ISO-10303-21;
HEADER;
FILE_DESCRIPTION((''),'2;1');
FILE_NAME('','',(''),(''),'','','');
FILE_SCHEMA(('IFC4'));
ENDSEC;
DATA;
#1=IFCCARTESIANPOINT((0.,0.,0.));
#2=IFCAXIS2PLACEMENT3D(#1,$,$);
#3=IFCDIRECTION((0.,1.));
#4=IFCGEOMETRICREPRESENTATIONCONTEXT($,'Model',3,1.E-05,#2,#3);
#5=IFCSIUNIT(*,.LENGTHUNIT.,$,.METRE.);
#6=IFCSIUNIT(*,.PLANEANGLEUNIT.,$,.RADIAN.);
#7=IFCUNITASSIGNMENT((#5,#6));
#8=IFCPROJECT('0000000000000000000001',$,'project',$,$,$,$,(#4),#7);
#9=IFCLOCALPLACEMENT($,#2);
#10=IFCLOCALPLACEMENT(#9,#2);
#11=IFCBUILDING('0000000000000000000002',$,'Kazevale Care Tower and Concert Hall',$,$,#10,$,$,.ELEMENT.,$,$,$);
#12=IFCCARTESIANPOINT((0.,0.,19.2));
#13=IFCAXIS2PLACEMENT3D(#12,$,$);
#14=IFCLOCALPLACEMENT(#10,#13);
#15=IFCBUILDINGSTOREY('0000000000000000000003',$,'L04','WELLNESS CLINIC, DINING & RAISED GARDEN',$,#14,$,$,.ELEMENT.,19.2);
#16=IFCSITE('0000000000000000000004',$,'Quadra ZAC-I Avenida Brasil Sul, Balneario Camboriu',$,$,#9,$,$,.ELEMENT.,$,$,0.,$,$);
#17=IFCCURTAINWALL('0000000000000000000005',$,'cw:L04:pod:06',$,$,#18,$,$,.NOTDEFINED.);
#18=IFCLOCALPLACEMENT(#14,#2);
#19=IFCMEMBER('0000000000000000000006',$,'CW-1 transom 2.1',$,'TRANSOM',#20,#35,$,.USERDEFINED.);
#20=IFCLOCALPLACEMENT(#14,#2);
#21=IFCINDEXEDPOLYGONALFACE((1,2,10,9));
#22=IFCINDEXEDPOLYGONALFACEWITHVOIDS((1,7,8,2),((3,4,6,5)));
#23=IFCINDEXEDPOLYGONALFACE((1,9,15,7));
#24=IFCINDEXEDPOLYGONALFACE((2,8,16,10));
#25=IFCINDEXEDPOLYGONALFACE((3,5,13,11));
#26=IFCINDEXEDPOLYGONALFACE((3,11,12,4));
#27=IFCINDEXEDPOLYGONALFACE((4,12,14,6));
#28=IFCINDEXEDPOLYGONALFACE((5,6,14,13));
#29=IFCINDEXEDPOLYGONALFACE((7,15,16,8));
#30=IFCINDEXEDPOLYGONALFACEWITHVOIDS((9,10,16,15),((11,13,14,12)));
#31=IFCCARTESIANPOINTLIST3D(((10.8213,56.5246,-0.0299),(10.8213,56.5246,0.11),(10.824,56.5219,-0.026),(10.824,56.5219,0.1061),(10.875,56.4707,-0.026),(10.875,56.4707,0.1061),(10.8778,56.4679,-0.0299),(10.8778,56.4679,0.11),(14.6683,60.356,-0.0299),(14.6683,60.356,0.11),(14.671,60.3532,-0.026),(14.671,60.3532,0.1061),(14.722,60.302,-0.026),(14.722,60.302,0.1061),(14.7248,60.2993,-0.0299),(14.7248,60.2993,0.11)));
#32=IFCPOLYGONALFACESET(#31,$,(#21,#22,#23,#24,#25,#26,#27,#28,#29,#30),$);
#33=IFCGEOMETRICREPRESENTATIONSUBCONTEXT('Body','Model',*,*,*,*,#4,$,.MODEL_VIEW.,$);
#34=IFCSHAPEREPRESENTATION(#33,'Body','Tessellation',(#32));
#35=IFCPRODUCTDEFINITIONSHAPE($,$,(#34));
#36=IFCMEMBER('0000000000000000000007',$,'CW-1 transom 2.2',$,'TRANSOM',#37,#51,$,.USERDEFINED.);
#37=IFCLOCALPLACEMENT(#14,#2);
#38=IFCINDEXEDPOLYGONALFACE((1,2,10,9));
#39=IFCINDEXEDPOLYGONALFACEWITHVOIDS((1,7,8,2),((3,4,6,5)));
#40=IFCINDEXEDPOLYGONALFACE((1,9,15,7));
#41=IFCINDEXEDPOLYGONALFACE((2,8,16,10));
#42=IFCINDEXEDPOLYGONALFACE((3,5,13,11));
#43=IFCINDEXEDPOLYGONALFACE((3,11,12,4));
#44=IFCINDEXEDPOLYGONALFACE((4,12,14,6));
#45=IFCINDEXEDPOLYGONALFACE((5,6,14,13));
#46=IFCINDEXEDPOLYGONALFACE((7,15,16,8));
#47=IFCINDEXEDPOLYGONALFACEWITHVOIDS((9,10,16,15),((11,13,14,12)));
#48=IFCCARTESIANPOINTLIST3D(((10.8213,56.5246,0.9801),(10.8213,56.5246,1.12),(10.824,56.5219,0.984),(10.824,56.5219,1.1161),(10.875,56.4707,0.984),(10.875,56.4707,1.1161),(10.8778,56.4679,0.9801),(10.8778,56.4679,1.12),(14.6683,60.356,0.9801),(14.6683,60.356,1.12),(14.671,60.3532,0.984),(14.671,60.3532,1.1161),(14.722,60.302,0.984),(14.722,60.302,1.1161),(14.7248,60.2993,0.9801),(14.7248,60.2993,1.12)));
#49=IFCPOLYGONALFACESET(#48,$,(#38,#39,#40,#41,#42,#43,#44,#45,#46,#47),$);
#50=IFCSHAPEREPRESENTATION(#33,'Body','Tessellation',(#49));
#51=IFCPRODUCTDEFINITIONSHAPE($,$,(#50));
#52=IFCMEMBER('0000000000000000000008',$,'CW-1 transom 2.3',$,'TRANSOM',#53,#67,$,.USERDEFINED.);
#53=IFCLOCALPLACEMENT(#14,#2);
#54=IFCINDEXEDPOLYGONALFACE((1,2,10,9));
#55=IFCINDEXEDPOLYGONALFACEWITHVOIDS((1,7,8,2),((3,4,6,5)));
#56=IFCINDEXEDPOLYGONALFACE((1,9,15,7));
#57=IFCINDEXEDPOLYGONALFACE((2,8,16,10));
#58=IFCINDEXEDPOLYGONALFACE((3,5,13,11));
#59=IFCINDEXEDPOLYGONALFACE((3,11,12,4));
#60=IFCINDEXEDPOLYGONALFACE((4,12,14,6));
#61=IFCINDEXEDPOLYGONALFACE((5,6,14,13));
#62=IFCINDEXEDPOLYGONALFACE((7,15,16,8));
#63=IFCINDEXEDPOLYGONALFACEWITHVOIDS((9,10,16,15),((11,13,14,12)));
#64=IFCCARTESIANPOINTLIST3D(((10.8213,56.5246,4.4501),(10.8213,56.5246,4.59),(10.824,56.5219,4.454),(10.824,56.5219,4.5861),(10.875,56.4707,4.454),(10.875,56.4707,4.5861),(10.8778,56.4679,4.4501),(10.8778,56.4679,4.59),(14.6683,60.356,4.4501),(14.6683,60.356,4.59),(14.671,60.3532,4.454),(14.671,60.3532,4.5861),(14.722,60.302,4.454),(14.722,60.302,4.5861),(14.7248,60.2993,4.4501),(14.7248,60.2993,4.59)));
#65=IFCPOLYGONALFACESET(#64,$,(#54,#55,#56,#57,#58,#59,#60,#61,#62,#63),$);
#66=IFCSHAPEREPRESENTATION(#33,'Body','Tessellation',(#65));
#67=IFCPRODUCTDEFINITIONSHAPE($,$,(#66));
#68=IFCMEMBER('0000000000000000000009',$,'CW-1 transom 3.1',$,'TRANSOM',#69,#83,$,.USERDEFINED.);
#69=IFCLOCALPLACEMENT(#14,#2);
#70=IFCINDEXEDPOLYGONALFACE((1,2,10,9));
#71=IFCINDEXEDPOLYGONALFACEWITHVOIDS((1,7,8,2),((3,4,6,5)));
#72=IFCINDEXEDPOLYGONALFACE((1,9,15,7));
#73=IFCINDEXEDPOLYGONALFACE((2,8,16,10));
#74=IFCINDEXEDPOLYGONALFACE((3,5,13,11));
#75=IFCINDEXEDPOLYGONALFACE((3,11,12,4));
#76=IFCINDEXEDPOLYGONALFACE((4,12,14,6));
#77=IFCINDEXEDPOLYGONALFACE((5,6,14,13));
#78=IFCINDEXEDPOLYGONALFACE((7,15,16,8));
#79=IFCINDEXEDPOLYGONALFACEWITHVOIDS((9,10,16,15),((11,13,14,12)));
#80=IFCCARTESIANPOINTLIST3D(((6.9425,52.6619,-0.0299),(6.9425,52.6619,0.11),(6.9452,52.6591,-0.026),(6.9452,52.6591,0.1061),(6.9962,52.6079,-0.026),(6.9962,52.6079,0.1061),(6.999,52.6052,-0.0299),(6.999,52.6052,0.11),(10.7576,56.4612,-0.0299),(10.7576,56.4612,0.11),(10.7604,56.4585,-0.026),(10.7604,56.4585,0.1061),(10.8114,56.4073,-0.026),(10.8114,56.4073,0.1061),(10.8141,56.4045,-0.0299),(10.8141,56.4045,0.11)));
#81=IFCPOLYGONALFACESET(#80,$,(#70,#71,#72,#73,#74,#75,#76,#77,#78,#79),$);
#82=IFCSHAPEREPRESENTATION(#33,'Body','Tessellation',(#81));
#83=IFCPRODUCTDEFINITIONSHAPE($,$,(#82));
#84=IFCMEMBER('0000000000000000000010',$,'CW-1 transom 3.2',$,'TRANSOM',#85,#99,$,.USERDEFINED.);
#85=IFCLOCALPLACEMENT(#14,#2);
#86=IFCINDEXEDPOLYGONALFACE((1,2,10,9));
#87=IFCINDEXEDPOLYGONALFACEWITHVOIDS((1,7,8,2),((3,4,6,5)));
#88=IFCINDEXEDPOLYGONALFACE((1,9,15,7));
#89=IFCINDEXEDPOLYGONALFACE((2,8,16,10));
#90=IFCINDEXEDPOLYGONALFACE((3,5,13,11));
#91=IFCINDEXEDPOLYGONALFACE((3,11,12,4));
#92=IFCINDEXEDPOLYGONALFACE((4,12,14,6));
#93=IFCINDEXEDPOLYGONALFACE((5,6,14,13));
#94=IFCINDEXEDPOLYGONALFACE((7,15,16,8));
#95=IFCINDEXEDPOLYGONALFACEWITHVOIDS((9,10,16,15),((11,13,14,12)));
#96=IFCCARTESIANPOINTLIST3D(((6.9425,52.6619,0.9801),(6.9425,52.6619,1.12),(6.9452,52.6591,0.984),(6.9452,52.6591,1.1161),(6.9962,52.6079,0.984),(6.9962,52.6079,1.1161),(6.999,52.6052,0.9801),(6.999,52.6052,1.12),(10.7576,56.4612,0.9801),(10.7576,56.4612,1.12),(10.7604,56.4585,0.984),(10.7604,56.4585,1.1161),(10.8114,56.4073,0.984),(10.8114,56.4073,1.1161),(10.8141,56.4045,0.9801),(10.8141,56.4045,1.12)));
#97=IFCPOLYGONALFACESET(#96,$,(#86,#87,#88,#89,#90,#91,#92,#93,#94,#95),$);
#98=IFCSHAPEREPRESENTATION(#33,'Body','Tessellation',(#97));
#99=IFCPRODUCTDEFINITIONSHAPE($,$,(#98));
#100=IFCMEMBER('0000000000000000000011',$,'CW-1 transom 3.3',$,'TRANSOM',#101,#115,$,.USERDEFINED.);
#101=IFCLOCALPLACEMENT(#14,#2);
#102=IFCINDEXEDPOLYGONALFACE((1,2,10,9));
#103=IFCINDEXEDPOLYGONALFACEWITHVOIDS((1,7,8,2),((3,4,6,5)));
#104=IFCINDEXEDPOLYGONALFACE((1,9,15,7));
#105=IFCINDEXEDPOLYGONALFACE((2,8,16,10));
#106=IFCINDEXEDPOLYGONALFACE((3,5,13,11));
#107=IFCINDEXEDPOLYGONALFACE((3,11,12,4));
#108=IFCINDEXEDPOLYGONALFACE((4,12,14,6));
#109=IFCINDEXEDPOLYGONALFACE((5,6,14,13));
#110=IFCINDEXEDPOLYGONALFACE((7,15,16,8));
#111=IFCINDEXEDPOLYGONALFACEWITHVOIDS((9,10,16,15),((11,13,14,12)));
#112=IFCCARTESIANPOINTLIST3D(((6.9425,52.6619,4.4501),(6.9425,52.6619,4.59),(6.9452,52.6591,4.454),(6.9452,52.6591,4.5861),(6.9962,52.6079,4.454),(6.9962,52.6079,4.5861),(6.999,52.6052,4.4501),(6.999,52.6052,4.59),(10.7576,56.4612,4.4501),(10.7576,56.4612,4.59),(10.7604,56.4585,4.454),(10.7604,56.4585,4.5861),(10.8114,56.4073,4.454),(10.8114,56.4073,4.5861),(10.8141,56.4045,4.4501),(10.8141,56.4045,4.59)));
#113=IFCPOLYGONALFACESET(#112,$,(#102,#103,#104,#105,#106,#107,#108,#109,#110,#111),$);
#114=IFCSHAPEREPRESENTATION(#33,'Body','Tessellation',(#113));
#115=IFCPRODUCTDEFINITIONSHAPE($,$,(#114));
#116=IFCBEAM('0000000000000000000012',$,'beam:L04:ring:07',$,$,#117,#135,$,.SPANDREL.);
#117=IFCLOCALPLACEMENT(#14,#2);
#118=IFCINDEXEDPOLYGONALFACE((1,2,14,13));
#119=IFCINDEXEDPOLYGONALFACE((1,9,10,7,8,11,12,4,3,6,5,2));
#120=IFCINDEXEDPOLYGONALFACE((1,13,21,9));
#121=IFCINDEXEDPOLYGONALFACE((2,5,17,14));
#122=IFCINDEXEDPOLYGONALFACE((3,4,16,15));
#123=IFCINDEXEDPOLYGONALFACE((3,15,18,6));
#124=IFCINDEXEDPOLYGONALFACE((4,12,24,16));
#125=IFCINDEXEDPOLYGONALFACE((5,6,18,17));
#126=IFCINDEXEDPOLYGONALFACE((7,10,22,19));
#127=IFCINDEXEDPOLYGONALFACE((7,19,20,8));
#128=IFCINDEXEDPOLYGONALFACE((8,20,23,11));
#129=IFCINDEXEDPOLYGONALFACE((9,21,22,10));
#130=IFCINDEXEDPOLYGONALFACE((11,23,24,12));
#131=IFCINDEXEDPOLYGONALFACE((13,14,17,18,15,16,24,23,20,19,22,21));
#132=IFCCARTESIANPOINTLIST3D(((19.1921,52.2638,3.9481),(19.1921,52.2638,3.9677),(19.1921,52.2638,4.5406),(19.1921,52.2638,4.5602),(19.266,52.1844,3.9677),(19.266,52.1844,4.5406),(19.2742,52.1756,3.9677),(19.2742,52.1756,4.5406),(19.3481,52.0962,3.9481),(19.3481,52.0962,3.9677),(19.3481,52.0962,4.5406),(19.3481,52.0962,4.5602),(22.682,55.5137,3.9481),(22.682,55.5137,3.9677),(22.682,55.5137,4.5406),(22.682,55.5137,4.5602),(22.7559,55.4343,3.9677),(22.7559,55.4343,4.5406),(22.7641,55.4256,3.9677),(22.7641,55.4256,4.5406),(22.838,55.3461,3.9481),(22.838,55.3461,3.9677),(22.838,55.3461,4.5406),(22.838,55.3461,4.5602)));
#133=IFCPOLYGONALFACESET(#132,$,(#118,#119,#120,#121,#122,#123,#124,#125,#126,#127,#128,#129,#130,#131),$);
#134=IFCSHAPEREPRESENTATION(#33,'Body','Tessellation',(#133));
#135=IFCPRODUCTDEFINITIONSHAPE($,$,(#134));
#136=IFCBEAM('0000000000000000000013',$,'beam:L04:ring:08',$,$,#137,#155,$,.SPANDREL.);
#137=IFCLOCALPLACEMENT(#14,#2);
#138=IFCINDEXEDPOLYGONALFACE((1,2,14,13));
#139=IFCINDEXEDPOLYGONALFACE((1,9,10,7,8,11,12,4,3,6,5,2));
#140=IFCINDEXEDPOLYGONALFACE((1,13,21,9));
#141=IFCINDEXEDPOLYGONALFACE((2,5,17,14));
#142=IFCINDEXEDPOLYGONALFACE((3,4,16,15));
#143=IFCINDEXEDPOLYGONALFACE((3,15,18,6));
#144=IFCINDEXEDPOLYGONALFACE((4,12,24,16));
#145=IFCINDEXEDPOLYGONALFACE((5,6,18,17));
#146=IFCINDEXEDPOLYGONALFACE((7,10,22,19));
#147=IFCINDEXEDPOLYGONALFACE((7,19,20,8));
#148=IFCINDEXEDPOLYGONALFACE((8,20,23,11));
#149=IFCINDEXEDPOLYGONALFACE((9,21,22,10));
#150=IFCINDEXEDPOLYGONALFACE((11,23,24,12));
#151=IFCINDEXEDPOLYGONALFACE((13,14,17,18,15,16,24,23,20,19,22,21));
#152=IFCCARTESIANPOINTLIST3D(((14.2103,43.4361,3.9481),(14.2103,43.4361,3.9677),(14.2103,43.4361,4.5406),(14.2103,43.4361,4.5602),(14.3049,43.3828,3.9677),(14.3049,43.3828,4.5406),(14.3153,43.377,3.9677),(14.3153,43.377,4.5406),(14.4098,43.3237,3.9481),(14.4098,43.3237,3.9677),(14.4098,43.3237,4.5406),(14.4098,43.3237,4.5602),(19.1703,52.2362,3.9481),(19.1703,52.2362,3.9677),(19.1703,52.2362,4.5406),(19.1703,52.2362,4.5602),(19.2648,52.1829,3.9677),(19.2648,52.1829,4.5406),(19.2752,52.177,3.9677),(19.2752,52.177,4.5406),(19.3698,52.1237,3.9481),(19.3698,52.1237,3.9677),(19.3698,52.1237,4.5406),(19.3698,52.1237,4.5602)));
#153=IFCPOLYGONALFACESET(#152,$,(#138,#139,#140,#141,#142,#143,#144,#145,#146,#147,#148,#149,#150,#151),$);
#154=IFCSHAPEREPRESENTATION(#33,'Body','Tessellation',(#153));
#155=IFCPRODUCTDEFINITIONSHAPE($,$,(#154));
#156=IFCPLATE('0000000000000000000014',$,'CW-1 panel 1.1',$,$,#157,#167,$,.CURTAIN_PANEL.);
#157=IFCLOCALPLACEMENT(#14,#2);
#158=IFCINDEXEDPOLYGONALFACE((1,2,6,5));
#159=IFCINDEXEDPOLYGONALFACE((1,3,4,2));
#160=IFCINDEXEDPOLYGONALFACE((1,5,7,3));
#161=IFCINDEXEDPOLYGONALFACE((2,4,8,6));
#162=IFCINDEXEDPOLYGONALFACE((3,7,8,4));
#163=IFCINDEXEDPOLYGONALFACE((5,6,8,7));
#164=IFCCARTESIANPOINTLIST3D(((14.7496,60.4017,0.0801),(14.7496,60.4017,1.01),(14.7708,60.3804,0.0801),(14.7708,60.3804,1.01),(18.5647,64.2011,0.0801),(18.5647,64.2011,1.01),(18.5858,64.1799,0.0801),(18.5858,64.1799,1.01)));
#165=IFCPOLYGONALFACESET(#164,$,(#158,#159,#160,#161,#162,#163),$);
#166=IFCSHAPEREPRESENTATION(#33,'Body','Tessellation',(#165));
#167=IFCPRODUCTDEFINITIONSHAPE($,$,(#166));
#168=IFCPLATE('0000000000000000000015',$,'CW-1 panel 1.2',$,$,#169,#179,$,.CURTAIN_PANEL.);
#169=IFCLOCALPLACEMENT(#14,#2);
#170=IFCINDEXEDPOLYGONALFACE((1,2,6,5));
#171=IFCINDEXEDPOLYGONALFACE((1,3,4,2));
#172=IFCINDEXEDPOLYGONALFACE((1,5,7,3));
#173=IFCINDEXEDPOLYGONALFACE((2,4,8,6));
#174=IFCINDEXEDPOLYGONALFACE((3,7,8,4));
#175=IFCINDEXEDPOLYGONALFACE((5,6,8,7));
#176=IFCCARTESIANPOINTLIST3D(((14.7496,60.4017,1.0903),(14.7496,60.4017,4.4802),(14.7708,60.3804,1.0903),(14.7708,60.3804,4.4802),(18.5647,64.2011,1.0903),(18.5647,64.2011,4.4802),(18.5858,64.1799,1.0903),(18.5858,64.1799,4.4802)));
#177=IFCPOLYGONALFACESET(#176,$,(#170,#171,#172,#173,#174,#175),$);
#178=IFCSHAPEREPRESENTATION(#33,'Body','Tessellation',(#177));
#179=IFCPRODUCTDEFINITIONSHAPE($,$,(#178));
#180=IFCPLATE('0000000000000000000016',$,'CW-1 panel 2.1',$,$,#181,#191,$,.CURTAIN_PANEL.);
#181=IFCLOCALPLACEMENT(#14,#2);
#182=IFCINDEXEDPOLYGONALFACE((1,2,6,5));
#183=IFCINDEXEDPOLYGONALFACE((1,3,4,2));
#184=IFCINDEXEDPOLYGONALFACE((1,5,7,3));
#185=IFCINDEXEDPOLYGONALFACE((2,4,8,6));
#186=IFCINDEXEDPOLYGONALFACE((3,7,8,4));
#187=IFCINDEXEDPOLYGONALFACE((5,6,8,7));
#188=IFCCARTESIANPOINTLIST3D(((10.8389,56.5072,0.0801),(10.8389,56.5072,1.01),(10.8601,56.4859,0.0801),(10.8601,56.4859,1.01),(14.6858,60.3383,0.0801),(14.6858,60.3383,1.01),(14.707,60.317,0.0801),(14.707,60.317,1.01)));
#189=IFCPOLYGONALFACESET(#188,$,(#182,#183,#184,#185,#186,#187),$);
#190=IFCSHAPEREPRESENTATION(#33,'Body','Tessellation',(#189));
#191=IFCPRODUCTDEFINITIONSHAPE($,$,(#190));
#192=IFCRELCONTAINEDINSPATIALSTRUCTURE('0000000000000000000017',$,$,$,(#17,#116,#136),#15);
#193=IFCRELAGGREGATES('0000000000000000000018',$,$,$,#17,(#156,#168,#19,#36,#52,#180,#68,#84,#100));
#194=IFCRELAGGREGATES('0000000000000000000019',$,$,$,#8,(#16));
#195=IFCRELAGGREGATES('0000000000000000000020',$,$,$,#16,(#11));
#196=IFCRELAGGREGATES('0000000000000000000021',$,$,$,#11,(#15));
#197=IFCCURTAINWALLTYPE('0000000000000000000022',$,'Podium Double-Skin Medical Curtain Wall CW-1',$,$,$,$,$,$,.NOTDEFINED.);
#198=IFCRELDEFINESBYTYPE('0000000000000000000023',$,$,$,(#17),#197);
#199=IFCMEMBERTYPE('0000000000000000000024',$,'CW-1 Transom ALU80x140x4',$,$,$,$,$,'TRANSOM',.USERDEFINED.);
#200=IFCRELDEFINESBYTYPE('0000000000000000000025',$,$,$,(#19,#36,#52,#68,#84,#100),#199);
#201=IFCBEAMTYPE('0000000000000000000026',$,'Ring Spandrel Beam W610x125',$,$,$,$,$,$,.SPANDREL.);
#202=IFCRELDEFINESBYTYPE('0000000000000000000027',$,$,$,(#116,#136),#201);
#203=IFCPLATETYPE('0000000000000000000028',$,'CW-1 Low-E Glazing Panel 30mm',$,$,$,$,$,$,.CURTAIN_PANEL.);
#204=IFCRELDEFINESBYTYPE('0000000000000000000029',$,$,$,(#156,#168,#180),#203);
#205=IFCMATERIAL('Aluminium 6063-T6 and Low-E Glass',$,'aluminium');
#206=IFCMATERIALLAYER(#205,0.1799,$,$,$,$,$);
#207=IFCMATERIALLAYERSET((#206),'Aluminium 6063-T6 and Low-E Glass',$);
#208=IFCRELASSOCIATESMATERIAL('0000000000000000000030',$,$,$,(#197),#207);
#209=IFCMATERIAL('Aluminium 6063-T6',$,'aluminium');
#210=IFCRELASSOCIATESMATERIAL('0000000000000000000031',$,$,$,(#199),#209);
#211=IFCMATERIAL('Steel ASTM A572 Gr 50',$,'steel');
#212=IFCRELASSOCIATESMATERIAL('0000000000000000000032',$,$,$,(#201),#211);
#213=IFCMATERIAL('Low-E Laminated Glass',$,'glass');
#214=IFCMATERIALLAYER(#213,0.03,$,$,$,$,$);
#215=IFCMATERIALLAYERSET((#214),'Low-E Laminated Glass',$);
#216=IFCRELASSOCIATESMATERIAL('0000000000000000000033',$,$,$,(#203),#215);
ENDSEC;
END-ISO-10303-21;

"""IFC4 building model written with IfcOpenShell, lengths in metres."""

from ifc_helpers import new_model, si_unit, direction, frame, origin, origin_2d, place, context, subcontext, project, spatial, rectangle, hollow_rectangle, i_section, extrude, material, layer, layer_set, material_profile, profile_set, type_object, element, aggregate, save


model = new_model("IFC4")

# Units and contexts
model_context = context("Model", 3, precision=1e-05, world=origin(), true_north=direction((0.0, 1.0)))
body_context = subcontext(model_context, "Body", "Model", "MODEL_VIEW")
ifc_project = project(units=[si_unit("LENGTHUNIT", "METRE"), si_unit("PLANEANGLEUNIT", "RADIAN")], contexts=[model_context])

# Site, building, storey
site_placement = place(None, origin())
site = spatial("IfcSite", under=ifc_project, at=site_placement, Name="Quadra ZAC-I Avenida Brasil Sul, Balneario Camboriu", CompositionType="ELEMENT", RefElevation=0.0)
building_placement = place(site_placement, origin())
building = spatial("IfcBuilding", under=site, at=building_placement, Name="Kazevale Care Tower and Concert Hall", CompositionType="ELEMENT")
storey_placement = place(building_placement, frame((0.0, 0.0, 19.2)))
storey = spatial("IfcBuildingStorey", under=building, at=storey_placement, Name="L04", Description="WELLNESS CLINIC, DINING & RAISED GARDEN", CompositionType="ELEMENT", Elevation=19.2)

# Curtain wall, members
ifc_material_1 = material(Name="Aluminium 6063-T6 and Low-E Glass", Category="aluminium")
ifc_layer_1 = layer(ifc_material_1, 0.1799)
ifc_layer_set_1 = layer_set([ifc_layer_1], Name="Aluminium 6063-T6 and Low-E Glass")
curtain_wall_type = type_object("IfcCurtainWallType", Name="Podium Double-Skin Medical Curtain Wall CW-1", PredefinedType="NOTDEFINED", material=ifc_layer_set_1)
curtain_wall_placement = place(storey_placement, origin())
curtain_wall = element("IfcCurtainWall", 1, at=curtain_wall_placement, inside=storey, type_object=curtain_wall_type, Name="cw:L04:pod:06", PredefinedType="NOTDEFINED")
ifc_material_2 = material(Name="Aluminium 6063-T6", Category="aluminium")
ifc_material_profile_1 = material_profile(ifc_material_2, hollow_rectangle(XDim=0.0801, YDim=0.1399, WallThickness=0.0039, at=origin_2d()), Name="ALU80x140x4")
ifc_profile_set_1 = profile_set([ifc_material_profile_1], Name="Aluminium 6063-T6")
member_type_1 = type_object("IfcMemberType", Name="CW-1 Transom ALU80x140x4", ElementType="TRANSOM", PredefinedType="USERDEFINED", material=ifc_profile_set_1)
member_1_placement = place(storey_placement, frame((14.6965, 60.3276, 0.04), z_axis=(-0.708544, -0.705666, 0.0), x_axis=(0.705666, -0.708544, 0.0)))
member_1 = element("IfcMember", 2, at=member_1_placement, type_object=member_type_1, Name="CW-1 transom 2.1", ObjectType="TRANSOM", PredefinedType="USERDEFINED", context=body_context, shape_type="SweptSolid", body=[
    extrude(hollow_rectangle(XDim=0.0801, YDim=0.1399, WallThickness=0.0039, at=origin_2d()), origin(), (0.0, 0.0, 1.0), 5.4294),
])
member_2_placement = place(storey_placement, frame((14.6965, 60.3276, 1.05), z_axis=(-0.708544, -0.705666, 0.0), x_axis=(0.705666, -0.708544, 0.0)))
member_2 = element("IfcMember", 3, at=member_2_placement, type_object=member_type_1, Name="CW-1 transom 2.2", ObjectType="TRANSOM", PredefinedType="USERDEFINED", context=body_context, shape_type="SweptSolid", body=[
    extrude(hollow_rectangle(XDim=0.0801, YDim=0.1399, WallThickness=0.0039, at=origin_2d()), origin(), (0.0, 0.0, 1.0), 5.4294),
])
member_3_placement = place(storey_placement, frame((14.6965, 60.3276, 4.52), z_axis=(-0.708544, -0.705666, 0.0), x_axis=(0.705666, -0.708544, 0.0)))
member_3 = element("IfcMember", 4, at=member_3_placement, type_object=member_type_1, Name="CW-1 transom 2.3", ObjectType="TRANSOM", PredefinedType="USERDEFINED", context=body_context, shape_type="SweptSolid", body=[
    extrude(hollow_rectangle(XDim=0.0801, YDim=0.1399, WallThickness=0.0039, at=origin_2d()), origin(), (0.0, 0.0, 1.0), 5.4294),
])
member_4_placement = place(storey_placement, frame((10.7859, 56.4329, 0.04), z_axis=(-0.708579, -0.705632, 0.0), x_axis=(0.705632, -0.708579, 0.0)))
member_4 = element("IfcMember", 5, at=member_4_placement, type_object=member_type_1, Name="CW-1 transom 3.1", ObjectType="TRANSOM", PredefinedType="USERDEFINED", context=body_context, shape_type="SweptSolid", body=[
    extrude(hollow_rectangle(XDim=0.0801, YDim=0.1399, WallThickness=0.0039, at=origin_2d()), origin(), (0.0, 0.0, 1.0), 5.3843),
])
member_5_placement = place(storey_placement, frame((10.7859, 56.4329, 1.05), z_axis=(-0.708579, -0.705632, 0.0), x_axis=(0.705632, -0.708579, 0.0)))
member_5 = element("IfcMember", 6, at=member_5_placement, type_object=member_type_1, Name="CW-1 transom 3.2", ObjectType="TRANSOM", PredefinedType="USERDEFINED", context=body_context, shape_type="SweptSolid", body=[
    extrude(hollow_rectangle(XDim=0.0801, YDim=0.1399, WallThickness=0.0039, at=origin_2d()), origin(), (0.0, 0.0, 1.0), 5.3843),
])
member_6_placement = place(storey_placement, frame((10.7859, 56.4329, 4.52), z_axis=(-0.708579, -0.705632, 0.0), x_axis=(0.705632, -0.708579, 0.0)))
member_6 = element("IfcMember", 7, at=member_6_placement, type_object=member_type_1, Name="CW-1 transom 3.3", ObjectType="TRANSOM", PredefinedType="USERDEFINED", context=body_context, shape_type="SweptSolid", body=[
    extrude(hollow_rectangle(XDim=0.0801, YDim=0.1399, WallThickness=0.0039, at=origin_2d()), origin(), (0.0, 0.0, 1.0), 5.3843),
])

# Beams
ifc_material_3 = material(Name="Steel ASTM A572 Gr 50", Category="steel")
ifc_material_profile_2 = material_profile(ifc_material_3, i_section(OverallWidth=0.229, OverallDepth=0.6121, WebThickness=0.012, FlangeThickness=0.0195, at=origin_2d()), Name="W610x125")
ifc_profile_set_2 = profile_set([ifc_material_profile_2], Name="Steel ASTM A572 Gr 50")
beam_type = type_object("IfcBeamType", Name="Ring Spandrel Beam W610x125", PredefinedType="SPANDREL", material=ifc_profile_set_2)
beam_1_placement = place(storey_placement, frame((22.76, 55.4299, 4.2542), z_axis=(-0.731821, -0.681497, 0.0), x_axis=(0.681497, -0.731821, 0.0)))
element("IfcBeam", 8, at=beam_1_placement, inside=storey, type_object=beam_type, Name="beam:L04:ring:07", PredefinedType="SPANDREL", context=body_context, shape_type="SweptSolid", body=[
    extrude(i_section(OverallWidth=0.229, OverallDepth=0.6121, WebThickness=0.012, FlangeThickness=0.0195, at=origin_2d()), origin(), (0.0, 0.0, 1.0), 4.7688),
])
beam_2_placement = place(storey_placement, frame((19.27, 52.1799, 4.2542), z_axis=(-0.491008, -0.871155, 0.0), x_axis=(0.871155, -0.491008, 0.0)))
element("IfcBeam", 9, at=beam_2_placement, inside=storey, type_object=beam_type, Name="beam:L04:ring:08", PredefinedType="SPANDREL", context=body_context, shape_type="SweptSolid", body=[
    extrude(i_section(OverallWidth=0.229, OverallDepth=0.6121, WebThickness=0.012, FlangeThickness=0.0195, at=origin_2d()), origin(), (0.0, 0.0, 1.0), 10.1016),
])

# Plates
ifc_material_4 = material(Name="Low-E Laminated Glass", Category="glass")
ifc_layer_2 = layer(ifc_material_4, 0.03)
ifc_layer_set_2 = layer_set([ifc_layer_2], Name="Low-E Laminated Glass")
plate_type = type_object("IfcPlateType", Name="CW-1 Low-E Glazing Panel 30mm", PredefinedType="CURTAIN_PANEL", material=ifc_layer_set_2)
plate_1_placement = place(storey_placement, frame((16.6677, 62.2908, 0.0801), z_axis=(0.0, 0.0, 1.0), x_axis=(-0.708555, -0.705656, 0.0)))
plate_1 = element("IfcPlate", 10, at=plate_1_placement, type_object=plate_type, Name="CW-1 panel 1.1", PredefinedType="CURTAIN_PANEL", context=body_context, shape_type="SweptSolid", body=[
    extrude(rectangle(XDim=5.3843, YDim=0.03, at=origin_2d()), origin(), (0.0, 0.0, 1.0), 0.9299),
])
plate_2_placement = place(storey_placement, frame((16.6677, 62.2908, 1.0903), z_axis=(0.0, 0.0, 1.0), x_axis=(-0.708555, -0.705656, 0.0)))
plate_2 = element("IfcPlate", 11, at=plate_2_placement, type_object=plate_type, Name="CW-1 panel 1.2", PredefinedType="CURTAIN_PANEL", context=body_context, shape_type="SweptSolid", body=[
    extrude(rectangle(XDim=5.3843, YDim=0.03, at=origin_2d()), origin(), (0.0, 0.0, 1.0), 3.3899),
])
plate_3_placement = place(storey_placement, frame((12.7729, 58.4121, 0.0801), z_axis=(0.0, 0.0, 1.0), x_axis=(-0.708555, -0.705656, 0.0)))
plate_3 = element("IfcPlate", 12, at=plate_3_placement, type_object=plate_type, Name="CW-1 panel 2.1", PredefinedType="CURTAIN_PANEL", context=body_context, shape_type="SweptSolid", body=[
    extrude(rectangle(XDim=5.4292, YDim=0.03, at=origin_2d()), origin(), (0.0, 0.0, 1.0), 0.9299),
])
aggregate(curtain_wall, [plate_1, plate_2, member_1, member_2, member_3, plate_3, member_4, member_5, member_6])

save(model, "model.ifc")
